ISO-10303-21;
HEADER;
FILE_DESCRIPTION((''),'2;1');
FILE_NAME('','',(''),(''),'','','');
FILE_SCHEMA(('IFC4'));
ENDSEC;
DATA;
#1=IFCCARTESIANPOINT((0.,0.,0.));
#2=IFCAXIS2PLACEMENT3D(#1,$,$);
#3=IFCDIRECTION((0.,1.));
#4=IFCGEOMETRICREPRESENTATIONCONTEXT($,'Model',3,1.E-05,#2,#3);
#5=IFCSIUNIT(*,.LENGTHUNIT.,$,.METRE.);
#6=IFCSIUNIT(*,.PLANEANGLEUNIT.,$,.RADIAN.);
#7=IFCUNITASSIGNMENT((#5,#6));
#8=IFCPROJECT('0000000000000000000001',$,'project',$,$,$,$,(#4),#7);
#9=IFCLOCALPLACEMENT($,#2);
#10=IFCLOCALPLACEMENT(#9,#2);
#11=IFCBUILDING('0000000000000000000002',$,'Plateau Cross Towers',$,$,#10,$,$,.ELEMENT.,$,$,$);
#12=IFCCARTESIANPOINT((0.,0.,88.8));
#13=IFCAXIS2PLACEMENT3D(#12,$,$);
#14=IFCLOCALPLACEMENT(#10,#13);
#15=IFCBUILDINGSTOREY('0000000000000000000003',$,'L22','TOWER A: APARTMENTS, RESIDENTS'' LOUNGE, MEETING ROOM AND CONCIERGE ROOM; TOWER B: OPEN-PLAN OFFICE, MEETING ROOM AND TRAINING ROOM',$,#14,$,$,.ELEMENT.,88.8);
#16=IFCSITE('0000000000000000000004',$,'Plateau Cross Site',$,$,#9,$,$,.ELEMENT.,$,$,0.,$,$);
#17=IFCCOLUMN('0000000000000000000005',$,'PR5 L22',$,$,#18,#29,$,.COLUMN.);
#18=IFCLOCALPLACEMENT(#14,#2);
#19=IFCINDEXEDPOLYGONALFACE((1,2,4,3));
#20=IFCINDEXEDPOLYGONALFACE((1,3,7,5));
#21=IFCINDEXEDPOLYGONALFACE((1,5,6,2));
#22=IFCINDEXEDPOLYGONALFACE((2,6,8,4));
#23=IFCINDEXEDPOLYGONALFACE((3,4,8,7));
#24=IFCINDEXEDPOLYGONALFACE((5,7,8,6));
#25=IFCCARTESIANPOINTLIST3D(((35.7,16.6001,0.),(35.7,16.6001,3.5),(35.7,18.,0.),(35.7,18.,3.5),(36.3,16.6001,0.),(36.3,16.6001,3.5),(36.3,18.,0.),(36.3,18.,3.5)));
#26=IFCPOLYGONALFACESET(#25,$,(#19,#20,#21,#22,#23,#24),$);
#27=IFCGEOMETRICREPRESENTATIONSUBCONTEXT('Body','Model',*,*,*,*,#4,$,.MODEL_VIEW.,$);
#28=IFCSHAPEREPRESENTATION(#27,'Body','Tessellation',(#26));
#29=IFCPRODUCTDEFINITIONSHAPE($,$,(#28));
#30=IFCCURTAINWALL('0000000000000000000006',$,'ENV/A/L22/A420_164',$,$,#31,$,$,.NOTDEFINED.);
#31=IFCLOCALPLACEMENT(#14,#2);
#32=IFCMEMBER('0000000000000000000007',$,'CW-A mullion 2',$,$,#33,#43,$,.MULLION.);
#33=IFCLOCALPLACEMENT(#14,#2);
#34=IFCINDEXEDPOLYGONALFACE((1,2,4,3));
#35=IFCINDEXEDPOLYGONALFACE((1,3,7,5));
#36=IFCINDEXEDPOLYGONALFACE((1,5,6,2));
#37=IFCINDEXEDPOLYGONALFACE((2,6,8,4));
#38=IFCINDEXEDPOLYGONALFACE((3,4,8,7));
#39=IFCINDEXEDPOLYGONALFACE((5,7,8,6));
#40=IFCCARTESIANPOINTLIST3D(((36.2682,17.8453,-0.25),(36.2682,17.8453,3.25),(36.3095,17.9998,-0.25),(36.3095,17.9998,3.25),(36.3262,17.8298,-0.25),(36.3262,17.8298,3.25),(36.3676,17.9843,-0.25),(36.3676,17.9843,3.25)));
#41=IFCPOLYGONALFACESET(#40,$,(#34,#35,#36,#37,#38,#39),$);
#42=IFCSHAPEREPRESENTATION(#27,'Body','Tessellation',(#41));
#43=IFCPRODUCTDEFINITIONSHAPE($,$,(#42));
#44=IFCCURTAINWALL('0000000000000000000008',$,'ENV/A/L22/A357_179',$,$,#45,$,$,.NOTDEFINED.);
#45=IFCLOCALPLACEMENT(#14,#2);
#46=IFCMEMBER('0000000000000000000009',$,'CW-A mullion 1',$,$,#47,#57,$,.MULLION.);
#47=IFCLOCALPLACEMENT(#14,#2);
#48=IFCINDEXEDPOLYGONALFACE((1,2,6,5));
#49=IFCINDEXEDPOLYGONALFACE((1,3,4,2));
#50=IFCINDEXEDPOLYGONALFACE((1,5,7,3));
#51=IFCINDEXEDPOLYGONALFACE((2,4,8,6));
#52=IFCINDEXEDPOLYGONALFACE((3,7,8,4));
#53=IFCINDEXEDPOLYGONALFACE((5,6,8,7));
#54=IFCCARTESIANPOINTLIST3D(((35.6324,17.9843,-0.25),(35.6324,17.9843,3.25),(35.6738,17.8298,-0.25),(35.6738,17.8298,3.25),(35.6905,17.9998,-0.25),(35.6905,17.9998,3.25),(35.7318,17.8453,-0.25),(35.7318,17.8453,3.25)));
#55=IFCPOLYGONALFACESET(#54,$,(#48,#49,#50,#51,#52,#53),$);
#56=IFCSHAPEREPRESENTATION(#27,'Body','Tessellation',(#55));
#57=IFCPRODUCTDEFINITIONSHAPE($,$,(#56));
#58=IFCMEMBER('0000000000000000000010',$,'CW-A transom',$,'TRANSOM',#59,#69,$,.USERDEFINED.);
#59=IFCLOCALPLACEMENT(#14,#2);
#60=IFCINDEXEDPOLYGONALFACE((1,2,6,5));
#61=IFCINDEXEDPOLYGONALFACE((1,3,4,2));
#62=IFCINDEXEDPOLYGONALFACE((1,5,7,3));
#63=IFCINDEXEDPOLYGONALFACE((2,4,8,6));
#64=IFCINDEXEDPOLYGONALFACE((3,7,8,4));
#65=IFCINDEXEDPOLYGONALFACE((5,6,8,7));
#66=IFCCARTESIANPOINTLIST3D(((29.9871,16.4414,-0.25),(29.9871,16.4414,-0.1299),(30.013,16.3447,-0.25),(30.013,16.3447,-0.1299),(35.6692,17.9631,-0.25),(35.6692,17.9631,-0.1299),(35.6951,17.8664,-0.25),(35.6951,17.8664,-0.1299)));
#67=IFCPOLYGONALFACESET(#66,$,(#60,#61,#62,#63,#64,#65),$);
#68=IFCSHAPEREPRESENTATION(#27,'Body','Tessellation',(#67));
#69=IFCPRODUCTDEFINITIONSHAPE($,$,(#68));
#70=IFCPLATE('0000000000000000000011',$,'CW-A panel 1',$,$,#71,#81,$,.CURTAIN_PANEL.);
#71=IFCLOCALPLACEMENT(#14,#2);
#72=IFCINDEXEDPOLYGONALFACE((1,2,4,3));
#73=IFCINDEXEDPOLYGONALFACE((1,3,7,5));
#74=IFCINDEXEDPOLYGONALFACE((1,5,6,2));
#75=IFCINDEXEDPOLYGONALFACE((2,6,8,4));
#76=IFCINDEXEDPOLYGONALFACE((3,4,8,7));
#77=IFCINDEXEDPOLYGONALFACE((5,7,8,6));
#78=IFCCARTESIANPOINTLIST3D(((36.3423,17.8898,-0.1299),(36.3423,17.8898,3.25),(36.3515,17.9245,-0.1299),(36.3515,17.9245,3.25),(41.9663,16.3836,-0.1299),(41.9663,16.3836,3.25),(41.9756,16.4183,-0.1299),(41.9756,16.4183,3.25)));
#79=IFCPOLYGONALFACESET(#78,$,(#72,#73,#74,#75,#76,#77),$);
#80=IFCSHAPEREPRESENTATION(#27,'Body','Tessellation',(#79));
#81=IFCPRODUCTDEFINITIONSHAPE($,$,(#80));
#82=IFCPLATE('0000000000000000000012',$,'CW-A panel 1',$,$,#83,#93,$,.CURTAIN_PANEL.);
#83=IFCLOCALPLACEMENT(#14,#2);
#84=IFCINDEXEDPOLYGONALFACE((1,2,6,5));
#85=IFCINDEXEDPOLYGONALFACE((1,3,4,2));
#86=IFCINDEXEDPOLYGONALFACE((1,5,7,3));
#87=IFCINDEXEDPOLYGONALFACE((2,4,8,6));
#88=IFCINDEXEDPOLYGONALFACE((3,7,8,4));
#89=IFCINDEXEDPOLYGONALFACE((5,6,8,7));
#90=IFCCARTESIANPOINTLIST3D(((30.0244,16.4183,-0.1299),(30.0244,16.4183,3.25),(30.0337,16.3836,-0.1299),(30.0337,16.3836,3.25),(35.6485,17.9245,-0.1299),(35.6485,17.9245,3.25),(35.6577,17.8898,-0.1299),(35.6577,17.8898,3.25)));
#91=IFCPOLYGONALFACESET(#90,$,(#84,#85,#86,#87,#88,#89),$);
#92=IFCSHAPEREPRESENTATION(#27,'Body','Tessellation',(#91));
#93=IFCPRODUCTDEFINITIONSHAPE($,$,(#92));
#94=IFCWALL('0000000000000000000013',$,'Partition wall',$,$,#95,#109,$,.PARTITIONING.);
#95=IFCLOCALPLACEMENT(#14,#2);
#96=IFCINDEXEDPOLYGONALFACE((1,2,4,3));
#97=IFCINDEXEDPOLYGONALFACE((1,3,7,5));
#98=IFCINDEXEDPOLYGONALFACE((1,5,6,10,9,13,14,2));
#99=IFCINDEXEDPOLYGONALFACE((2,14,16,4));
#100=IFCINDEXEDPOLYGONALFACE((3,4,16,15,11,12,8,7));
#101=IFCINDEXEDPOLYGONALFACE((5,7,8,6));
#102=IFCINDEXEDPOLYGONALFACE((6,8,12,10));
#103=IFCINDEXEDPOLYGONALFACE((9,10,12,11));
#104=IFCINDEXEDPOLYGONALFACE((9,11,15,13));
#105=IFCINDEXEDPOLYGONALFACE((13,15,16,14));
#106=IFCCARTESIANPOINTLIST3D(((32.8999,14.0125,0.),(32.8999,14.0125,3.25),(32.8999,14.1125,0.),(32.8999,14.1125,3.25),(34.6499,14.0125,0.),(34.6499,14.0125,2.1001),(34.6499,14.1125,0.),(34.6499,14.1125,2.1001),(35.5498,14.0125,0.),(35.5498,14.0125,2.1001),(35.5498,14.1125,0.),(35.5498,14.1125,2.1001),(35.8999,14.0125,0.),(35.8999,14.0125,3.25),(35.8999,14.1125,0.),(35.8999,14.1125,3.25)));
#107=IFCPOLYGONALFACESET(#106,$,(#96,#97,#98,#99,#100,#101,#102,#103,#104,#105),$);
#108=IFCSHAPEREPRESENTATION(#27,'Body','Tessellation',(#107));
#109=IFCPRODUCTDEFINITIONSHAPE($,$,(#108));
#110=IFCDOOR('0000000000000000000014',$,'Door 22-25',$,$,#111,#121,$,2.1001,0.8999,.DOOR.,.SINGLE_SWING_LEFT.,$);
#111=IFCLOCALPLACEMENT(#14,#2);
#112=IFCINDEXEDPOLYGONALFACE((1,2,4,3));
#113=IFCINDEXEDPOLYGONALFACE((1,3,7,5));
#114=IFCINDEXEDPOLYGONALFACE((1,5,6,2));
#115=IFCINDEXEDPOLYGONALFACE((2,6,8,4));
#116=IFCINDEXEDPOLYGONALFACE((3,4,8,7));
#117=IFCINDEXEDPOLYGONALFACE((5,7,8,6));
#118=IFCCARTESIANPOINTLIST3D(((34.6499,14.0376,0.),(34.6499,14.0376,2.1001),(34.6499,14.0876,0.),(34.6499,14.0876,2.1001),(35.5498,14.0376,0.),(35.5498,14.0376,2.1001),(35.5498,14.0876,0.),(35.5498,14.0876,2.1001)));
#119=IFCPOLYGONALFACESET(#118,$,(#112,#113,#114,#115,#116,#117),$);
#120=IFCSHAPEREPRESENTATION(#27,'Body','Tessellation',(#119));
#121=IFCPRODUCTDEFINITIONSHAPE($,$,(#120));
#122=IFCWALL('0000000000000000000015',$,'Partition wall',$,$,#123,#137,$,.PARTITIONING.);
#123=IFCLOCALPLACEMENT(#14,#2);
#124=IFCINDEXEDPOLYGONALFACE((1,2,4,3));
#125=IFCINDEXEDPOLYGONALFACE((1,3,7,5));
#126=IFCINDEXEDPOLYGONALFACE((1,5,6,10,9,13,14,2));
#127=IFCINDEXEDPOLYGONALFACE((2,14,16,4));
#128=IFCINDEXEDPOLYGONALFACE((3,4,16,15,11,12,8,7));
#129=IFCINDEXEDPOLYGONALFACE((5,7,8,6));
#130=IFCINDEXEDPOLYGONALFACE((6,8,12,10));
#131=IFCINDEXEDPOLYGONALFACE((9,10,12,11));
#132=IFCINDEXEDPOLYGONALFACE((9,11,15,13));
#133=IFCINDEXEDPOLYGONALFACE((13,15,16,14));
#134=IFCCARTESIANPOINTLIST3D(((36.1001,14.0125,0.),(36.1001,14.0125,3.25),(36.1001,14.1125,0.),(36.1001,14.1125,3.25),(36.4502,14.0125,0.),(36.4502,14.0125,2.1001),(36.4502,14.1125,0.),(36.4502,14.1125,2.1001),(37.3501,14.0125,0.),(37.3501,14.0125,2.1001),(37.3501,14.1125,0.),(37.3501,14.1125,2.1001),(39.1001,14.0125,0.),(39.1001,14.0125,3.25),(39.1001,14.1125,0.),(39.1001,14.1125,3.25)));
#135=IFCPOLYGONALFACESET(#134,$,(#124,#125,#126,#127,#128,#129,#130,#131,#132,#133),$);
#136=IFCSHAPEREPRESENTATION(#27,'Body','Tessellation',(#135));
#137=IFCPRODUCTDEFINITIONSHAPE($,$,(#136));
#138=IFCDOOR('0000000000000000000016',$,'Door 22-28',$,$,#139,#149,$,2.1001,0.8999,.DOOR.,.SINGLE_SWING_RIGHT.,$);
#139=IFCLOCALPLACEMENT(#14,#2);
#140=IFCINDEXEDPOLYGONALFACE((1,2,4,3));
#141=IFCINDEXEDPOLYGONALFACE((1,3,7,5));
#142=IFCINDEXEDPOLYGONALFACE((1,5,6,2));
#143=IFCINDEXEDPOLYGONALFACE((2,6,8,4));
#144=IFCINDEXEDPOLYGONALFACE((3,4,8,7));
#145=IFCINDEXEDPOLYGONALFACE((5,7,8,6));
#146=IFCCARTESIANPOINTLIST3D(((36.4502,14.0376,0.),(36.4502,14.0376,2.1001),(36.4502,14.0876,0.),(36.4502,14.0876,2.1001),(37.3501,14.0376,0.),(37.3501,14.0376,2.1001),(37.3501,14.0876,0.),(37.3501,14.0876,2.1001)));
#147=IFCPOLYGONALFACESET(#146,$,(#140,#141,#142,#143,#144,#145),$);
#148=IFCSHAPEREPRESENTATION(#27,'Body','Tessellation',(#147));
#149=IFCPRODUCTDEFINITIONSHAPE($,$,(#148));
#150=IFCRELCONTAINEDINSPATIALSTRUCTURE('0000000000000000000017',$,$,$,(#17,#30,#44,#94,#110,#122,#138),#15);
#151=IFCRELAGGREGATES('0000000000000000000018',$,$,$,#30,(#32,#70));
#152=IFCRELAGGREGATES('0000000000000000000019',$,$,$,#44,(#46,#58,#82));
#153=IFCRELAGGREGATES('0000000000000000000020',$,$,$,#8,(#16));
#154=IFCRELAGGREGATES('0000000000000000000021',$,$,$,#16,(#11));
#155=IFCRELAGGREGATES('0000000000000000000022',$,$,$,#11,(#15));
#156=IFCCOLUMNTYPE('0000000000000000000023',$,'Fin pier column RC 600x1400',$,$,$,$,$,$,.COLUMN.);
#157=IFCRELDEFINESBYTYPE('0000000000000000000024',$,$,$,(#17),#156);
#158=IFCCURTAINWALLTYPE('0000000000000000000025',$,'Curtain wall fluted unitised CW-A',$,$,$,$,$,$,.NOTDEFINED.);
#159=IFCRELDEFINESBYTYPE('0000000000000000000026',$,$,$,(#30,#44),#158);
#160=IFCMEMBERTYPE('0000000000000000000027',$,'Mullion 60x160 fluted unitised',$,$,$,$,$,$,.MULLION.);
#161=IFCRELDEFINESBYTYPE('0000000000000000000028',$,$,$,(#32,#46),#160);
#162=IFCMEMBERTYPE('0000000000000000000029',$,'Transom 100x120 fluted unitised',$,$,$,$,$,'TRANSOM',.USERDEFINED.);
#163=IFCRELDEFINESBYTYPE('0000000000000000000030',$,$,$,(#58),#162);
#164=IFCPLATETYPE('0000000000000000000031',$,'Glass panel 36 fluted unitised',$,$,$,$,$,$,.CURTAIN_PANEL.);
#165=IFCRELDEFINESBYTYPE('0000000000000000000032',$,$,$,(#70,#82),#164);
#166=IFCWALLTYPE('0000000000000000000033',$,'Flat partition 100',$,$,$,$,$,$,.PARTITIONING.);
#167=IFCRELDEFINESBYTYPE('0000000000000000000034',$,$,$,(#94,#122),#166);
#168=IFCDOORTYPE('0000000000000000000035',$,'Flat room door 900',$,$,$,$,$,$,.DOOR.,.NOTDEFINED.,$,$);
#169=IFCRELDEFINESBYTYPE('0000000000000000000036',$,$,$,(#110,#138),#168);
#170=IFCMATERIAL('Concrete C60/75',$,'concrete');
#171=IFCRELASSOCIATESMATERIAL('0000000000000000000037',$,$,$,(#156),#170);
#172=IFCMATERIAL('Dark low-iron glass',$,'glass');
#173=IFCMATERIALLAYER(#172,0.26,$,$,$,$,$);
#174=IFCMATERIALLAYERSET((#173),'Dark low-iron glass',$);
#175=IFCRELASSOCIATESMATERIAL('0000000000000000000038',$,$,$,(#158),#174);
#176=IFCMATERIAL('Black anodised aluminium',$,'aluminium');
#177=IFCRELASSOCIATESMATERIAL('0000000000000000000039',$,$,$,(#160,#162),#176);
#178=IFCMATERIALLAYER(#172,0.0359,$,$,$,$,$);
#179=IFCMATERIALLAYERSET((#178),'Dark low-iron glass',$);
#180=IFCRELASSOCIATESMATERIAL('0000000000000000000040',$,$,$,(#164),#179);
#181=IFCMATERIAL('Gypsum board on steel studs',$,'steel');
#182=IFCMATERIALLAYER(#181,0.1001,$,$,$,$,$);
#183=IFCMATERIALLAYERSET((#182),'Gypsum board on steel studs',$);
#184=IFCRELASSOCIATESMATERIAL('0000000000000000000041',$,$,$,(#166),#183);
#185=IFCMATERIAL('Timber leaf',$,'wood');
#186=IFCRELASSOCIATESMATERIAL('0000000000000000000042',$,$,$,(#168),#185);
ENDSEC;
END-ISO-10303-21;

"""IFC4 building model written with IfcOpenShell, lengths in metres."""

from ifc_helpers import new_model, si_unit, direction, frame, frame_2d, origin, origin_2d, place, context, subcontext, project, spatial, rectangle, extrude, material, layer, layer_set, material_profile, profile_set, type_object, element, fill, aggregate, save


model = new_model("IFC4")

# Units and contexts
model_context = context("Model", 3, precision=1e-05, world=origin(), true_north=direction((0.0, 1.0)))
body_context = subcontext(model_context, "Body", "Model", "MODEL_VIEW")
ifc_project = project(units=[si_unit("LENGTHUNIT", "METRE"), si_unit("PLANEANGLEUNIT", "RADIAN")], contexts=[model_context])

# Site, building, storey
site_placement = place(None, origin())
site = spatial("IfcSite", under=ifc_project, at=site_placement, Name="Plateau Cross Site", CompositionType="ELEMENT", RefElevation=0.0)
building_placement = place(site_placement, origin())
building = spatial("IfcBuilding", under=site, at=building_placement, Name="Plateau Cross Towers", CompositionType="ELEMENT")
storey_placement = place(building_placement, frame((0.0, 0.0, 88.8)))
storey = spatial("IfcBuildingStorey", under=building, at=storey_placement, Name="L22", Description="TOWER A: APARTMENTS, RESIDENTS' LOUNGE, MEETING ROOM AND CONCIERGE ROOM; TOWER B: OPEN-PLAN OFFICE, MEETING ROOM AND TRAINING ROOM", CompositionType="ELEMENT", Elevation=88.8)

# Column
ifc_material_1 = material(Name="Concrete C60/75", Category="concrete")
ifc_material_profile_1 = material_profile(ifc_material_1, rectangle(XDim=0.6001, YDim=1.3999, at=origin_2d()), Name="RC 600x1400")
ifc_profile_set_1 = profile_set([ifc_material_profile_1], Name="Concrete C60/75")
column_type = type_object("IfcColumnType", Name="Fin pier column RC 600x1400", PredefinedType="COLUMN", material=ifc_profile_set_1)
column_placement = place(storey_placement, frame((36.0, 17.3, 0.0), z_axis=(0.0, 0.0, 1.0), x_axis=(1.0, 0.0, 0.0)))
element("IfcColumn", 1, at=column_placement, inside=storey, type_object=column_type, Name="PR5 L22", PredefinedType="COLUMN", context=body_context, shape_type="SweptSolid", body=[
    extrude(rectangle(XDim=0.6001, YDim=1.3999, at=origin_2d()), origin(), (0.0, 0.0, 1.0), 3.5),
])

# Curtain wall, member
ifc_material_2 = material(Name="Dark low-iron glass", Category="glass")
ifc_layer_1 = layer(ifc_material_2, 0.26)
ifc_layer_set_1 = layer_set([ifc_layer_1], Name="Dark low-iron glass")
curtain_wall_type = type_object("IfcCurtainWallType", Name="Curtain wall fluted unitised CW-A", PredefinedType="NOTDEFINED", material=ifc_layer_set_1)
curtain_wall_1_placement = place(storey_placement, origin())
curtain_wall_1 = element("IfcCurtainWall", 2, at=curtain_wall_1_placement, inside=storey, type_object=curtain_wall_type, Name="ENV/A/L22/A420_164", PredefinedType="NOTDEFINED")
ifc_material_3 = material(Name="Black anodised aluminium", Category="aluminium")
ifc_material_profile_2 = material_profile(ifc_material_3, rectangle(XDim=0.0601, YDim=0.1599, at=origin_2d()), Name="MULLION 60x160")
ifc_profile_set_2 = profile_set([ifc_material_profile_2], Name="Black anodised aluminium")
member_type_1 = type_object("IfcMemberType", Name="Mullion 60x160 fluted unitised", PredefinedType="MULLION", material=ifc_profile_set_2)
member_1_placement = place(storey_placement, frame((36.3179, 17.9148, -0.25), z_axis=(0.0, 0.0, 1.0), x_axis=(-0.965958, 0.258699, 0.0)))
member_1 = element("IfcMember", 3, at=member_1_placement, type_object=member_type_1, Name="CW-A mullion 2", PredefinedType="MULLION", context=body_context, shape_type="SweptSolid", body=[
    extrude(rectangle(XDim=0.0601, YDim=0.1599, at=origin_2d()), origin(), (0.0, 0.0, 1.0), 3.5),
])

# Curtain wall, members
curtain_wall_2_placement = place(storey_placement, origin())
curtain_wall_2 = element("IfcCurtainWall", 4, at=curtain_wall_2_placement, inside=storey, type_object=curtain_wall_type, Name="ENV/A/L22/A357_179", PredefinedType="NOTDEFINED")
member_2_placement = place(storey_placement, frame((35.6821, 17.9148, -0.25), z_axis=(0.0, 0.0, 1.0), x_axis=(-0.965958, -0.258699, 0.0)))
member_2 = element("IfcMember", 5, at=member_2_placement, type_object=member_type_1, Name="CW-A mullion 1", PredefinedType="MULLION", context=body_context, shape_type="SweptSolid", body=[
    extrude(rectangle(XDim=0.0601, YDim=0.1599, at=origin_2d()), origin(), (0.0, 0.0, 1.0), 3.5),
])
ifc_material_profile_3 = material_profile(ifc_material_3, rectangle(XDim=0.1001, YDim=0.1201, at=origin_2d()), Name="TRANSOM 100x120")
ifc_profile_set_3 = profile_set([ifc_material_profile_3], Name="Black anodised aluminium")
member_type_2 = type_object("IfcMemberType", Name="Transom 100x120 fluted unitised", ElementType="TRANSOM", PredefinedType="USERDEFINED", material=ifc_profile_set_3)
member_3_placement = place(storey_placement, frame((35.6821, 17.9148, -0.1899), z_axis=(-0.96596, -0.258693, 0.0), x_axis=(0.258693, -0.96596, 0.0)))
member_3 = element("IfcMember", 6, at=member_3_placement, type_object=member_type_2, Name="CW-A transom", ObjectType="TRANSOM", PredefinedType="USERDEFINED", context=body_context, shape_type="SweptSolid", body=[
    extrude(rectangle(XDim=0.1001, YDim=0.1201, at=origin_2d()), origin(), (0.0, 0.0, 1.0), 5.8823),
])

# Plates
ifc_layer_2 = layer(ifc_material_2, 0.0359)
ifc_layer_set_2 = layer_set([ifc_layer_2], Name="Dark low-iron glass")
plate_type = type_object("IfcPlateType", Name="Glass panel 36 fluted unitised", PredefinedType="CURTAIN_PANEL", material=ifc_layer_set_2)
plate_1_placement = place(storey_placement, frame((39.1589, 17.1541, -0.1299), z_axis=(0.0, 0.0, 1.0), x_axis=(-0.965958, 0.258699, 0.0)))
plate_1 = element("IfcPlate", 7, at=plate_1_placement, type_object=plate_type, Name="CW-A panel 1", PredefinedType="CURTAIN_PANEL", context=body_context, shape_type="SweptSolid", body=[
    extrude(rectangle(XDim=5.8223, YDim=0.0359, at=origin_2d()), origin(), (0.0, 0.0, 1.0), 3.3799),
])
aggregate(curtain_wall_1, [member_1, plate_1])
plate_2_placement = place(storey_placement, frame((32.8411, 17.1541, -0.1299), z_axis=(0.0, 0.0, 1.0), x_axis=(-0.965958, -0.258699, 0.0)))
plate_2 = element("IfcPlate", 8, at=plate_2_placement, type_object=plate_type, Name="CW-A panel 1", PredefinedType="CURTAIN_PANEL", context=body_context, shape_type="SweptSolid", body=[
    extrude(rectangle(XDim=5.8223, YDim=0.0359, at=origin_2d()), origin(), (0.0, 0.0, 1.0), 3.3799),
])
aggregate(curtain_wall_2, [member_2, member_3, plate_2])

# Walls, openings, doors
ifc_material_4 = material(Name="Gypsum board on steel studs", Category="steel")
ifc_layer_3 = layer(ifc_material_4, 0.1001)
ifc_layer_set_3 = layer_set([ifc_layer_3], Name="Gypsum board on steel studs")
wall_type_1 = type_object("IfcWallType", Name="Flat partition 100", PredefinedType="PARTITIONING", material=ifc_layer_set_3)
wall_1_placement = place(storey_placement, frame((35.8999, 14.0625, 0.0), z_axis=(0.0, 0.0, 1.0), x_axis=(-1.0, 0.0, 0.0)))
wall_1 = element("IfcWall", 9, at=wall_1_placement, inside=storey, type_object=wall_type_1, Name="Partition wall", PredefinedType="PARTITIONING", context=body_context, shape_type="SweptSolid", body=[
    extrude(rectangle(XDim=3.0, YDim=0.1001, at=frame_2d((1.5, 0.0))), origin(), (0.0, 0.0, 1.0), 3.25),
])
opening_1_placement = place(wall_1_placement, frame((0.3501, 0.0, 0.0)))
opening_1 = element("IfcOpeningElement", 10, at=opening_1_placement, cuts=wall_1, PredefinedType="OPENING", context=body_context, shape_type="SweptSolid", body=[
    extrude(rectangle(XDim=0.8999, YDim=2.1001, at=frame_2d((0.45, 1.05))), frame((0.0, 0.0601, 0.0), z_axis=(0.0, -1.0, 0.0), x_axis=(1.0, 0.0, 0.0)), (0.0, 0.0, 1.0), 0.1201),
])
ifc_material_5 = material(Name="Timber leaf", Category="wood")
door_type = type_object("IfcDoorType", Name="Flat room door 900", OperationType="NOTDEFINED", PredefinedType="DOOR", material=ifc_material_5)
door_1_placement = place(opening_1_placement, origin())
door_1 = element("IfcDoor", 11, at=door_1_placement, inside=storey, type_object=door_type, Name="Door 22-25", OperationType="SINGLE_SWING_LEFT", OverallHeight=2.1001, OverallWidth=0.8999, PredefinedType="DOOR", context=body_context, shape_type="SweptSolid", body=[
    extrude(rectangle(XDim=0.8999, YDim=2.1001, at=frame_2d((0.45, 1.05))), frame((0.0, 0.0249, 0.0), z_axis=(0.0, -1.0, 0.0), x_axis=(1.0, 0.0, 0.0)), (0.0, 0.0, 1.0), 0.05),
])
fill(opening_1, door_1)
wall_2_placement = place(storey_placement, frame((39.1001, 14.0625, 0.0), z_axis=(0.0, 0.0, 1.0), x_axis=(-1.0, 0.0, 0.0)))
wall_2 = element("IfcWall", 12, at=wall_2_placement, inside=storey, type_object=wall_type_1, Name="Partition wall", PredefinedType="PARTITIONING", context=body_context, shape_type="SweptSolid", body=[
    extrude(rectangle(XDim=3.0, YDim=0.1001, at=frame_2d((1.5, 0.0))), origin(), (0.0, 0.0, 1.0), 3.25),
])
opening_2_placement = place(wall_2_placement, frame((1.75, 0.0, 0.0)))
opening_2 = element("IfcOpeningElement", 13, at=opening_2_placement, cuts=wall_2, PredefinedType="OPENING", context=body_context, shape_type="SweptSolid", body=[
    extrude(rectangle(XDim=0.8999, YDim=2.1001, at=frame_2d((0.45, 1.05))), frame((0.0, 0.0601, 0.0), z_axis=(0.0, -1.0, 0.0), x_axis=(1.0, 0.0, 0.0)), (0.0, 0.0, 1.0), 0.1201),
])
door_2_placement = place(opening_2_placement, origin())
door_2 = element("IfcDoor", 14, at=door_2_placement, inside=storey, type_object=door_type, Name="Door 22-28", OperationType="SINGLE_SWING_RIGHT", OverallHeight=2.1001, OverallWidth=0.8999, PredefinedType="DOOR", context=body_context, shape_type="SweptSolid", body=[
    extrude(rectangle(XDim=0.8999, YDim=2.1001, at=frame_2d((0.45, 1.05))), frame((0.0, 0.0249, 0.0), z_axis=(0.0, -1.0, 0.0), x_axis=(1.0, 0.0, 0.0)), (0.0, 0.0, 1.0), 0.05),
])
fill(opening_2, door_2)

save(model, "model.ifc")
